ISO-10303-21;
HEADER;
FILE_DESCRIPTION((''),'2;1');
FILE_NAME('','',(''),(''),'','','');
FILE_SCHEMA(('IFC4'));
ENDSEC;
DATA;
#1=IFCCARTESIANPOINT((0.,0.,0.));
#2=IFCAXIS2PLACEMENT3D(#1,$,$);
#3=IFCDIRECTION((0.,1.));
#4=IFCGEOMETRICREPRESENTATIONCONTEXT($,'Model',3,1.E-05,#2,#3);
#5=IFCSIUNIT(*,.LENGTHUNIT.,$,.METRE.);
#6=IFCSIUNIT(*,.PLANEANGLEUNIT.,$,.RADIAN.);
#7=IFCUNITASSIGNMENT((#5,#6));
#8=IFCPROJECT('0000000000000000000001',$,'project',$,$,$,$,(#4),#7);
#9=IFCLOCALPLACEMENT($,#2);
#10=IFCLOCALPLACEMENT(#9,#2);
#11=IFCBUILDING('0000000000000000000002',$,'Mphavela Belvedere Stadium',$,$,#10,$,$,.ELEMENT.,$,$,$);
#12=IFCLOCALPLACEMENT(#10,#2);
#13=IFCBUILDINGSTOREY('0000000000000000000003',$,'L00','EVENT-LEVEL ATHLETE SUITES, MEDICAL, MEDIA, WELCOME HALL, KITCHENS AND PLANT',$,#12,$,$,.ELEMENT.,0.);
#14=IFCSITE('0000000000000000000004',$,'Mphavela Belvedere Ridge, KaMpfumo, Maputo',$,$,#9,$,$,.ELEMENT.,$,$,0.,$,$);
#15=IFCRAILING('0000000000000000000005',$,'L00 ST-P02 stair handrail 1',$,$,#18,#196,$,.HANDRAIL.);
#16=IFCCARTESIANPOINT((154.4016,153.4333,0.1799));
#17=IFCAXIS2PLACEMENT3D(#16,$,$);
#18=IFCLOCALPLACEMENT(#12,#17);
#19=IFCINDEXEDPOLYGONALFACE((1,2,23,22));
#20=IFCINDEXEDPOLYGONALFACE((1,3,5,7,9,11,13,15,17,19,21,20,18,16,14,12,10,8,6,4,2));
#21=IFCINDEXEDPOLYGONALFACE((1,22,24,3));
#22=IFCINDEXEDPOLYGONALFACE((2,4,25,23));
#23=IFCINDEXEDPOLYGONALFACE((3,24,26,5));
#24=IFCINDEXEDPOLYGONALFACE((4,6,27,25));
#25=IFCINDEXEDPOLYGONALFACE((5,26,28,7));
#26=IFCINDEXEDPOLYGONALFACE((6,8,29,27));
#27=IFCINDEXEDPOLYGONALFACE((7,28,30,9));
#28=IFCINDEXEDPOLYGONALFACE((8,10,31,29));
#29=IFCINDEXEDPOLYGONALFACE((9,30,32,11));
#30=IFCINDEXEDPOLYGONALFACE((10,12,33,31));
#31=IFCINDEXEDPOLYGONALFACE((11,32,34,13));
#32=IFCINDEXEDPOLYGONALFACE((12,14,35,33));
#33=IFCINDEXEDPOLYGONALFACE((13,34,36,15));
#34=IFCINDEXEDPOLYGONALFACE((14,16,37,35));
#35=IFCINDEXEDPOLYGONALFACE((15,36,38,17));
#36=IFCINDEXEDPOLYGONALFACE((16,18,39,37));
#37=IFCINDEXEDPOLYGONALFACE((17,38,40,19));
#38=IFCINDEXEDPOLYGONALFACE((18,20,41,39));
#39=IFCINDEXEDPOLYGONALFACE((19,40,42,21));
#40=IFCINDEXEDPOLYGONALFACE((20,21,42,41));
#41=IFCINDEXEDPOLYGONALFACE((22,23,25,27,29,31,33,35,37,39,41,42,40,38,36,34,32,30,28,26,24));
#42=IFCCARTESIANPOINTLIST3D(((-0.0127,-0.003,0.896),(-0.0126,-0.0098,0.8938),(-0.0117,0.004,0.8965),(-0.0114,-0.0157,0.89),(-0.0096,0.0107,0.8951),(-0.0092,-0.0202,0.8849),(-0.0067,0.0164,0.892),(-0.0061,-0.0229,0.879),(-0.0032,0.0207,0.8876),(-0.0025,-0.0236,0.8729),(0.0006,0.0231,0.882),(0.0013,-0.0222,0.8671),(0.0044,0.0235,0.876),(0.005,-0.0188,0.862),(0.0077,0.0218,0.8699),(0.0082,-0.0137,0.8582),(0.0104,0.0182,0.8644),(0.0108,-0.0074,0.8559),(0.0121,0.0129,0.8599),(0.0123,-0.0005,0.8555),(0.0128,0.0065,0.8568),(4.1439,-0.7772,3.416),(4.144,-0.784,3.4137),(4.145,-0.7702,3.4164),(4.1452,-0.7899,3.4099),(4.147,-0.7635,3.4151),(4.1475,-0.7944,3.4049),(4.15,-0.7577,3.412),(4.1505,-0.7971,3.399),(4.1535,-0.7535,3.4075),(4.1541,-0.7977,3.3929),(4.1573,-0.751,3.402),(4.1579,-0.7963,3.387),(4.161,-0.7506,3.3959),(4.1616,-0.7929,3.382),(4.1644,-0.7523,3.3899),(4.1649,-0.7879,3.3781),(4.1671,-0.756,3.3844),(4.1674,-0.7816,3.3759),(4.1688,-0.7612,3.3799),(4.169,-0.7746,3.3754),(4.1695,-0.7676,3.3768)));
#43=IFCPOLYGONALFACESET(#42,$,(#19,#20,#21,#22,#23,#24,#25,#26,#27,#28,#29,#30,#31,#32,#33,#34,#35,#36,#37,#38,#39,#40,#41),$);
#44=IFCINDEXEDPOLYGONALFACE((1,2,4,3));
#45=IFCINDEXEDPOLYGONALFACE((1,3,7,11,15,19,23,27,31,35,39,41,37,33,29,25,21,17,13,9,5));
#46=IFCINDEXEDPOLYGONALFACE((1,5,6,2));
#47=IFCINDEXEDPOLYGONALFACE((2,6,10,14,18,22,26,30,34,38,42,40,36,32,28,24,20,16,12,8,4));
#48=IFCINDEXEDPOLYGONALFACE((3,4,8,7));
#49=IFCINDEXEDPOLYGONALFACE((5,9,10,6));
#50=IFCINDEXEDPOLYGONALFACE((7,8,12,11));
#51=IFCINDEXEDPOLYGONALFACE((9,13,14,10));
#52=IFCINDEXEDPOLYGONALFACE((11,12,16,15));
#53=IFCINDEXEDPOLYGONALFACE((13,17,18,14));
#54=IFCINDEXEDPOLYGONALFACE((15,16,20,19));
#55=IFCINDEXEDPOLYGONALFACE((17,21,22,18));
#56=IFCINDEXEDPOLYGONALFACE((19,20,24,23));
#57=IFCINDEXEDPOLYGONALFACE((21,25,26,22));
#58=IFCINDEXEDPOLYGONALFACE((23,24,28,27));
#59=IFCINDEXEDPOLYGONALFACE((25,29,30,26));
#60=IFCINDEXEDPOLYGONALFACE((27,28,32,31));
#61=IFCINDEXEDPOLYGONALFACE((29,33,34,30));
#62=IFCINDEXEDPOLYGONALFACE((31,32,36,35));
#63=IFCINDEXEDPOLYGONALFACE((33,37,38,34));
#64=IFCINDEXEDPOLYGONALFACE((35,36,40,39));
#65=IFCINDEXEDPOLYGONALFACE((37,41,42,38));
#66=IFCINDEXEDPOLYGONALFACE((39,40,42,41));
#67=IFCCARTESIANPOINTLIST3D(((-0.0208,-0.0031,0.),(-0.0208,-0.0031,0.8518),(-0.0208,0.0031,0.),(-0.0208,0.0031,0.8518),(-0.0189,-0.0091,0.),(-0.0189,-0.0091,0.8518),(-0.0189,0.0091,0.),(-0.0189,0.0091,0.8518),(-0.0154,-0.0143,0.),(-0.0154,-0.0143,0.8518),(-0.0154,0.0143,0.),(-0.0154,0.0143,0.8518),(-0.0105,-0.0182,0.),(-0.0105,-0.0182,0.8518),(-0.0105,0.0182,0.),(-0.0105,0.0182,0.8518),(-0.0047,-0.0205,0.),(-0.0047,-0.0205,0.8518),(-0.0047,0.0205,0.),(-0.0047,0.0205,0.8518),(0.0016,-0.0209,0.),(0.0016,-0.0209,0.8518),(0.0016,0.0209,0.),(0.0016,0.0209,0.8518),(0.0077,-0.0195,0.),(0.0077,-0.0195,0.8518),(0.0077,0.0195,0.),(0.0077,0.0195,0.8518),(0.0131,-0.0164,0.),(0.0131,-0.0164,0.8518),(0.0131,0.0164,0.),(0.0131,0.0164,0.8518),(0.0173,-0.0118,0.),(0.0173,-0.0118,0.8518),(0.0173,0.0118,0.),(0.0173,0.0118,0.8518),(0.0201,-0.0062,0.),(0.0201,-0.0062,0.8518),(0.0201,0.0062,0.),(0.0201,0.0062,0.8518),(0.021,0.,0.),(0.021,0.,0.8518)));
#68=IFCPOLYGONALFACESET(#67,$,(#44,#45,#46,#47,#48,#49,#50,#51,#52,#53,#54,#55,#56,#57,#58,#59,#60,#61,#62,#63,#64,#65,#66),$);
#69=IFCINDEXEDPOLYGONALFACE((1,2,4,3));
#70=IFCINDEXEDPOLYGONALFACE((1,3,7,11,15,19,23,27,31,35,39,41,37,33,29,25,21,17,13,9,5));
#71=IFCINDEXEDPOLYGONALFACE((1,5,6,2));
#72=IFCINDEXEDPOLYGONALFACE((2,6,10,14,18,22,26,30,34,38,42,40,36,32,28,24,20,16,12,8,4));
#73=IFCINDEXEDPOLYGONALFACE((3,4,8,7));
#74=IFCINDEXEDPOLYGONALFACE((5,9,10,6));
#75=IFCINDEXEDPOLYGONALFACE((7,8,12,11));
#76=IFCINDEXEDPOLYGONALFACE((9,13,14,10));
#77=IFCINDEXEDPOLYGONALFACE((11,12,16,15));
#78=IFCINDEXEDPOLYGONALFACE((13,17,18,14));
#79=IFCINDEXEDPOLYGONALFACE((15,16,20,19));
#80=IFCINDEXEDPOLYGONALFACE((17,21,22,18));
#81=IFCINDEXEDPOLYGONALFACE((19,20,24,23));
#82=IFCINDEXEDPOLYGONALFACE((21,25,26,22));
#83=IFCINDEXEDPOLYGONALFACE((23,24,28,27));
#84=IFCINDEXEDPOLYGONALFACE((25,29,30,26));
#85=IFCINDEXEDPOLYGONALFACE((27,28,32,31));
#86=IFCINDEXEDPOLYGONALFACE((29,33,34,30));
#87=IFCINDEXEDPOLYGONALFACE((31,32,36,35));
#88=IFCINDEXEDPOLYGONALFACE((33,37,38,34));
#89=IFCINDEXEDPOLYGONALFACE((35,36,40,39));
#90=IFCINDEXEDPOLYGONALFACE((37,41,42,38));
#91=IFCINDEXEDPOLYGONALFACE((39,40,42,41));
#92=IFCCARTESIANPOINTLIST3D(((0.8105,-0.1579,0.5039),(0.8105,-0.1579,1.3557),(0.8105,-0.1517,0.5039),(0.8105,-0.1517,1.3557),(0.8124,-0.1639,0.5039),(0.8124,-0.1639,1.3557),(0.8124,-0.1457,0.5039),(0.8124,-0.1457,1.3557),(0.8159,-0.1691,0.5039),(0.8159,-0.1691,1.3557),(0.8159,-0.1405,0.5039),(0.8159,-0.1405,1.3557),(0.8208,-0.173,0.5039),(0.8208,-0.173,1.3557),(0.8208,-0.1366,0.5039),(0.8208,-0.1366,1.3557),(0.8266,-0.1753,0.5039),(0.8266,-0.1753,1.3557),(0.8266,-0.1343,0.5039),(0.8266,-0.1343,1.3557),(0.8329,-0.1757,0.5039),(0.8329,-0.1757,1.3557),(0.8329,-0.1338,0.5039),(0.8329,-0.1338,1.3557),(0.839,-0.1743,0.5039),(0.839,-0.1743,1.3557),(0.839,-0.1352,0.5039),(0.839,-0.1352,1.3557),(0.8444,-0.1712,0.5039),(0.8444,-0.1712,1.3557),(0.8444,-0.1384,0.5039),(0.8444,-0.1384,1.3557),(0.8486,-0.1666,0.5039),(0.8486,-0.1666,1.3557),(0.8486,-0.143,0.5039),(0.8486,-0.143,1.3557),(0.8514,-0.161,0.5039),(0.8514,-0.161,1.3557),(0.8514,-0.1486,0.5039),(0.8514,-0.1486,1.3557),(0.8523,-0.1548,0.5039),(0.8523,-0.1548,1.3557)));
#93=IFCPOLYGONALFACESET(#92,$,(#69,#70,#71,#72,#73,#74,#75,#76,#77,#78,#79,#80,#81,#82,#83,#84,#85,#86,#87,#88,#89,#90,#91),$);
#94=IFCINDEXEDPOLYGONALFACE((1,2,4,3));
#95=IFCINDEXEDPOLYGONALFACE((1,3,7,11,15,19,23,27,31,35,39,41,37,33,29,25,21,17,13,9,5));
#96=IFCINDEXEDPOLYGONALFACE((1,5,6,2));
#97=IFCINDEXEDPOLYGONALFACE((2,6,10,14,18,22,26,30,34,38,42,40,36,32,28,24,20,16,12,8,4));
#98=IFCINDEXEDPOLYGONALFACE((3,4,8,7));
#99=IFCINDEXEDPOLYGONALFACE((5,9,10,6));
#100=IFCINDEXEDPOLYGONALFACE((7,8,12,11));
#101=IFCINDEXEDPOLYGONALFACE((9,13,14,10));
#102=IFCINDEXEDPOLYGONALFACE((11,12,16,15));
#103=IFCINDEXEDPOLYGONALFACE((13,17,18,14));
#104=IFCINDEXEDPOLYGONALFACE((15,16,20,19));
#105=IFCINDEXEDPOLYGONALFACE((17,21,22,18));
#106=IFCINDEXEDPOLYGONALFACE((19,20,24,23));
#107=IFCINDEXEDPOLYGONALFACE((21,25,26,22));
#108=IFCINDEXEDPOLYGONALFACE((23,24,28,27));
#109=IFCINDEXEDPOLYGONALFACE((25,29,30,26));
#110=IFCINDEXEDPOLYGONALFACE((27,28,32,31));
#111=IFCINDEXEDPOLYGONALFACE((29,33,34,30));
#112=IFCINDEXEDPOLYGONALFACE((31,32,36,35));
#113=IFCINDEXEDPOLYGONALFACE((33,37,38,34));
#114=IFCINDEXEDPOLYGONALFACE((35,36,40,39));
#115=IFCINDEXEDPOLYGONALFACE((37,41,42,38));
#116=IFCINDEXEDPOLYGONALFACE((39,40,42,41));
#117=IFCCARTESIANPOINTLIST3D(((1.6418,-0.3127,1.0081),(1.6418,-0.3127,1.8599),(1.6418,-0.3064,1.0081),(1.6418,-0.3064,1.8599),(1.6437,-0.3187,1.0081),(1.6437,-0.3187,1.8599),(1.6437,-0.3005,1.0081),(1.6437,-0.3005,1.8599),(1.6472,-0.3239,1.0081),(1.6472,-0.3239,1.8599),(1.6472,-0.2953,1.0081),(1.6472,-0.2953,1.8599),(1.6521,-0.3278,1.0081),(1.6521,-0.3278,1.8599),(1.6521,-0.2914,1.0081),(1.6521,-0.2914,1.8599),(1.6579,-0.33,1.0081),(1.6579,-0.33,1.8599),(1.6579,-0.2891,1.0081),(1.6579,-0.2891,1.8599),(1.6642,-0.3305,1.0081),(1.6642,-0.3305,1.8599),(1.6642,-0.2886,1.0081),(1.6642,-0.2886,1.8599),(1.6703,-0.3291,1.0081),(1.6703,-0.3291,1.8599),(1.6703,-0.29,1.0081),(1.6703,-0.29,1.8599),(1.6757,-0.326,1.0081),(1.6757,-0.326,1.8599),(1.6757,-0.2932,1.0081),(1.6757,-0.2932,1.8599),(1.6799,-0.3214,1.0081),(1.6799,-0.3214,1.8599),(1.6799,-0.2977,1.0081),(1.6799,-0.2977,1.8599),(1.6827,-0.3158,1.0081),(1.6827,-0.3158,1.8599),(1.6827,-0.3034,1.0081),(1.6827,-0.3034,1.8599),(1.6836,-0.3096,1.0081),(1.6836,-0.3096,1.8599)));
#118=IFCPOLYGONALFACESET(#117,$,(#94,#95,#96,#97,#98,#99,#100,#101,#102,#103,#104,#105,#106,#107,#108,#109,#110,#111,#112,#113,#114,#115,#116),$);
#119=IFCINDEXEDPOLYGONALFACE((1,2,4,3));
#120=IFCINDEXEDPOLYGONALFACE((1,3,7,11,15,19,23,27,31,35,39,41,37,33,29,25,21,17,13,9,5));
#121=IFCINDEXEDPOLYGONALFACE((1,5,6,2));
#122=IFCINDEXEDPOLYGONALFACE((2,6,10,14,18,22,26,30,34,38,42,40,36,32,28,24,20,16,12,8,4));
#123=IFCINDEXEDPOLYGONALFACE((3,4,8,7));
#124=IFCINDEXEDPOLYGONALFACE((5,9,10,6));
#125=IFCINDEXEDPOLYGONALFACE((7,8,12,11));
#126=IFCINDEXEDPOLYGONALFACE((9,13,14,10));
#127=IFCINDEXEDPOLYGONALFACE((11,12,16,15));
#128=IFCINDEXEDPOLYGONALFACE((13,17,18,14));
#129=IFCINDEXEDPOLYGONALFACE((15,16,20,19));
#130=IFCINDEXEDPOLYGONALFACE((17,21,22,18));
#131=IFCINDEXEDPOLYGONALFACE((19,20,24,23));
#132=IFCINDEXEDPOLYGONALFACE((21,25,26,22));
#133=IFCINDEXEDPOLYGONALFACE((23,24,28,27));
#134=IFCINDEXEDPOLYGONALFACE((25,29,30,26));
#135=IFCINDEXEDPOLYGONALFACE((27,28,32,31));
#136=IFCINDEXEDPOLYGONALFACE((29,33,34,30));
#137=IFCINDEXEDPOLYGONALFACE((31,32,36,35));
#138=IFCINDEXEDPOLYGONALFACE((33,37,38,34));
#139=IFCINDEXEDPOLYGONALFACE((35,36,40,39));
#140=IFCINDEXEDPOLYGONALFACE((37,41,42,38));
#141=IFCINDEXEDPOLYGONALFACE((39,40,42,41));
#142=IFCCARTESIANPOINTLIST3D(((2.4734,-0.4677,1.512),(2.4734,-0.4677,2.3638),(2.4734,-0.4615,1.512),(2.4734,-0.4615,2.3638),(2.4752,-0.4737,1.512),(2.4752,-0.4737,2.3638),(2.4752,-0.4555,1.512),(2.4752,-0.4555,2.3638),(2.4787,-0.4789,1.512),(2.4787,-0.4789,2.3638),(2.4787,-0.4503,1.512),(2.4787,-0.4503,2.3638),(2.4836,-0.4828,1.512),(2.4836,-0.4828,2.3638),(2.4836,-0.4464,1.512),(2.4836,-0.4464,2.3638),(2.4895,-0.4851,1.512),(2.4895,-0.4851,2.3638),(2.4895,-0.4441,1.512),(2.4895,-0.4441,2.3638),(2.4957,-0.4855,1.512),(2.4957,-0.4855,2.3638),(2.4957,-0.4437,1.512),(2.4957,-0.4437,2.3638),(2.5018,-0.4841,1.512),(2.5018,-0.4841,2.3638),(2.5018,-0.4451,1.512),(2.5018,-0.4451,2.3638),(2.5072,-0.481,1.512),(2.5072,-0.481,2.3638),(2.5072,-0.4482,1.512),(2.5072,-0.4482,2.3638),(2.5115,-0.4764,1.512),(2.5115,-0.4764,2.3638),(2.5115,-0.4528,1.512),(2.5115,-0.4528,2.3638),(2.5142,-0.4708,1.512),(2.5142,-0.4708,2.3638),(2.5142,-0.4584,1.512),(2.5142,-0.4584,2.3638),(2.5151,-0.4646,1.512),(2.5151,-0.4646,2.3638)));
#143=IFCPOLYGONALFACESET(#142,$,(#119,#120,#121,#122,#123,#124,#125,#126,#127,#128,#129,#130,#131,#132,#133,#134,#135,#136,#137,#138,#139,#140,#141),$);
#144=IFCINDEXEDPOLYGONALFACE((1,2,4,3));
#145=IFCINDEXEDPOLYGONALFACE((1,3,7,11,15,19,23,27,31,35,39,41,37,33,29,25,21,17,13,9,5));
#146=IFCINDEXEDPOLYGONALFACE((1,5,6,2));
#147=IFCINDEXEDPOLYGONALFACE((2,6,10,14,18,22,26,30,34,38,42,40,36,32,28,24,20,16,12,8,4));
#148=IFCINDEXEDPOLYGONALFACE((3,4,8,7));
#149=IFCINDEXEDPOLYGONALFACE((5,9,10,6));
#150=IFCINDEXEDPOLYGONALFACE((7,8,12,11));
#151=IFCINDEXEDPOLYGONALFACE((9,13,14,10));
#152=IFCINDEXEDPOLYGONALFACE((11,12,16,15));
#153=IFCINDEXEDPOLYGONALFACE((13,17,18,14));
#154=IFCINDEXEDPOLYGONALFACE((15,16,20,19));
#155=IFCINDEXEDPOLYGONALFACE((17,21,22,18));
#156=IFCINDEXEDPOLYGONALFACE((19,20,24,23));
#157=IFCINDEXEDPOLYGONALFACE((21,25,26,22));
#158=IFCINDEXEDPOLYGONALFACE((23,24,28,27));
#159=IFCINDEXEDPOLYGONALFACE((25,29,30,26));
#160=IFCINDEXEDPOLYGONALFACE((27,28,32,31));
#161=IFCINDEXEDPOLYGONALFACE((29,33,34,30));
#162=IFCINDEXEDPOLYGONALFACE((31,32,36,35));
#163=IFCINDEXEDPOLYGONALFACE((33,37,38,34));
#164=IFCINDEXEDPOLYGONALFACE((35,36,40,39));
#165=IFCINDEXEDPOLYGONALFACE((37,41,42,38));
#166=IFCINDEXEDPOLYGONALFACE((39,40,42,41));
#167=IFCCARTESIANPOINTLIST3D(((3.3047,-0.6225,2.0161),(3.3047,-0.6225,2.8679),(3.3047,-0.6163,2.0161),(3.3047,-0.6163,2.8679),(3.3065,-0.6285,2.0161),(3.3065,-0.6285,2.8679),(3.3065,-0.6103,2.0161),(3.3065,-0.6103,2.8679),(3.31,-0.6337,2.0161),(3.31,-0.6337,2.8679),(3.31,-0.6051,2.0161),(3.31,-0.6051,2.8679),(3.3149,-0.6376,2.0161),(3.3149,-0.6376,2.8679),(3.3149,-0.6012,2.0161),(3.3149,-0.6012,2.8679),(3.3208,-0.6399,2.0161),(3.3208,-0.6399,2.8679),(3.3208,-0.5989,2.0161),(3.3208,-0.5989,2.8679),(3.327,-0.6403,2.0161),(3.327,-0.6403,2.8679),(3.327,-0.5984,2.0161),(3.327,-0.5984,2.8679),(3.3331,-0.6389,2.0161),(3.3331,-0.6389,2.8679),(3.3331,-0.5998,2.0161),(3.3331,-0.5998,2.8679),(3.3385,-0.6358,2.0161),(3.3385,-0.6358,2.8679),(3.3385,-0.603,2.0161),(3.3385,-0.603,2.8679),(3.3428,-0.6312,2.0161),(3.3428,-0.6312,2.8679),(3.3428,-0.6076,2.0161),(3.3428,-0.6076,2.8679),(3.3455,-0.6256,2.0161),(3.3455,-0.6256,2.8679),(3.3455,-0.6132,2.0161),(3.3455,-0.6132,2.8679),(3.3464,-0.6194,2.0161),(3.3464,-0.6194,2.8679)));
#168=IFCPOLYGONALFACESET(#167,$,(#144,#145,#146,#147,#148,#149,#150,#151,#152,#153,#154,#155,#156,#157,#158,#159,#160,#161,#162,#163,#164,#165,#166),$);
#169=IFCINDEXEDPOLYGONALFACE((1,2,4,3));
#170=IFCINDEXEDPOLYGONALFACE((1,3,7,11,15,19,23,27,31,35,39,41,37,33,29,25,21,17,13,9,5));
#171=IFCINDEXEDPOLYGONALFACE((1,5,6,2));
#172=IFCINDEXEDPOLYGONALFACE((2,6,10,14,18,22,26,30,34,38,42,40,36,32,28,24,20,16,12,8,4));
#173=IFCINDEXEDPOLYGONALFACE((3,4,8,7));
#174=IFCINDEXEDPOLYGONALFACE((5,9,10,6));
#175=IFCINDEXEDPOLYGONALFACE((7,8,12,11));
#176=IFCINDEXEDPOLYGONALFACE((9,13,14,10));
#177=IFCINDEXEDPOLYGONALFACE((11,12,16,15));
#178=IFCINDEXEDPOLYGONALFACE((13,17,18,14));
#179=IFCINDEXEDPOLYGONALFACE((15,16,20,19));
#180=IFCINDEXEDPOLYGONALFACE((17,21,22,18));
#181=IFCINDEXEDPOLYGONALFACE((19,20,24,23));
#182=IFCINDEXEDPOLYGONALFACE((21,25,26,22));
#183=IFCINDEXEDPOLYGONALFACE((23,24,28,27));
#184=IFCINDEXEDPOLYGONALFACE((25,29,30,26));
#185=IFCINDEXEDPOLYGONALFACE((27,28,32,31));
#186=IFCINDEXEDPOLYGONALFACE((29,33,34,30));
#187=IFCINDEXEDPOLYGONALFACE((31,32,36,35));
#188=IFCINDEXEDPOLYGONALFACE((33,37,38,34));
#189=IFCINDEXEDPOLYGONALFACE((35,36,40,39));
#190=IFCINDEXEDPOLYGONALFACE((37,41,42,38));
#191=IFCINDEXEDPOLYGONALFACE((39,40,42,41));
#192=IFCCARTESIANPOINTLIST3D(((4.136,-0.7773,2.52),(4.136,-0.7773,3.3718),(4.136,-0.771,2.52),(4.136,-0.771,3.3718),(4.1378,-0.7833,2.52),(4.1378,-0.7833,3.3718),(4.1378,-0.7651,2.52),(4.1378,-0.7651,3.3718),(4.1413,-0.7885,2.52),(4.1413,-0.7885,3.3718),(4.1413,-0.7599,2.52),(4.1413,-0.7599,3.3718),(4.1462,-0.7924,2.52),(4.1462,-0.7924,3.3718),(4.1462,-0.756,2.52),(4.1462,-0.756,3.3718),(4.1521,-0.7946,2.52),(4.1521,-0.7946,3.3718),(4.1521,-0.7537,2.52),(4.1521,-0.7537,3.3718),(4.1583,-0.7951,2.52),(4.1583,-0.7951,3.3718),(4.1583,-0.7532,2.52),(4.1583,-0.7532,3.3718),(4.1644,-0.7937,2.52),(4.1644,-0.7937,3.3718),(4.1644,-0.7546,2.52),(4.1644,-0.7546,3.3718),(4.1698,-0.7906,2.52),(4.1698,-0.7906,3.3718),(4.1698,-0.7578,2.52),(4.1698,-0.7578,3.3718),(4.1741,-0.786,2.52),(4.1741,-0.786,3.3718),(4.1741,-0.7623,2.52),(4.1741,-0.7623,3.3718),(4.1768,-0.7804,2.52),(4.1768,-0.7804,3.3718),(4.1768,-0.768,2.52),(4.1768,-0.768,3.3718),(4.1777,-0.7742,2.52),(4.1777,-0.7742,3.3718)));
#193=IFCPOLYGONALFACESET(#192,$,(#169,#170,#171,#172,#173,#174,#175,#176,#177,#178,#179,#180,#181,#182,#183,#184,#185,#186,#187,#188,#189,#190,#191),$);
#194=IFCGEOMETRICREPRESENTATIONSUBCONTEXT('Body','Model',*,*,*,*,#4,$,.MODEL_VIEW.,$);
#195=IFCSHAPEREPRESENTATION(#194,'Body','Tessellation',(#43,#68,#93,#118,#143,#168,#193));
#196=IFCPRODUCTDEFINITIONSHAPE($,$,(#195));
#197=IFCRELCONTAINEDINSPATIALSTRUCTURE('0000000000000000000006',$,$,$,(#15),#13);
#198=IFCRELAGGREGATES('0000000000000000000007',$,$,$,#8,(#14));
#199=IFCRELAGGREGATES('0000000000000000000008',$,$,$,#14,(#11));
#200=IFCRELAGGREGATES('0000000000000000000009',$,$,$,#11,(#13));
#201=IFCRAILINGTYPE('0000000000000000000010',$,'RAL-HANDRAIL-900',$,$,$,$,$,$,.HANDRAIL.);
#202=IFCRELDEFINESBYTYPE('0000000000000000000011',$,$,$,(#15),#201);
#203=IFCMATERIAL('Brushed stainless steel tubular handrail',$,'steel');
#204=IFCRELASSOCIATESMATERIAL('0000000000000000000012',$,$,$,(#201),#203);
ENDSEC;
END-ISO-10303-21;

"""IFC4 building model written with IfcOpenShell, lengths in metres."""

from ifc_helpers import new_model, si_unit, direction, frame, origin, origin_2d, place, context, subcontext, project, spatial, circle, extrude, material, type_object, element, save


model = new_model("IFC4")

# Units and contexts
model_context = context("Model", 3, precision=1e-05, world=origin(), true_north=direction((0.0, 1.0)))
body_context = subcontext(model_context, "Body", "Model", "MODEL_VIEW")
ifc_project = project(units=[si_unit("LENGTHUNIT", "METRE"), si_unit("PLANEANGLEUNIT", "RADIAN")], contexts=[model_context])

# Site, building, storey
site_placement = place(None, origin())
site = spatial("IfcSite", under=ifc_project, at=site_placement, Name="Mphavela Belvedere Ridge, KaMpfumo, Maputo", CompositionType="ELEMENT", RefElevation=0.0)
building_placement = place(site_placement, origin())
building = spatial("IfcBuilding", under=site, at=building_placement, Name="Mphavela Belvedere Stadium", CompositionType="ELEMENT")
storey_placement = place(building_placement, origin())
storey = spatial("IfcBuildingStorey", under=building, at=storey_placement, Name="L00", Description="EVENT-LEVEL ATHLETE SUITES, MEDICAL, MEDIA, WELCOME HALL, KITCHENS AND PLANT", CompositionType="ELEMENT", Elevation=0.0)

# Railing
ifc_material_1 = material(Name="Brushed stainless steel tubular handrail", Category="steel")
railing_type_1 = type_object("IfcRailingType", Name="RAL-HANDRAIL-900", PredefinedType="HANDRAIL", material=ifc_material_1)
railing_1_placement = place(storey_placement, frame((154.4016, 153.4333, 0.1799)))
element("IfcRailing", 1, at=railing_1_placement, inside=storey, type_object=railing_type_1, Name="L00 ST-P02 stair handrail 1", PredefinedType="HANDRAIL", context=body_context, shape_type="SweptSolid", body=[
    extrude(circle(Radius=0.0239, at=origin_2d()), frame((0.0, 0.0, 0.876), z_axis=(0.844483, -0.15728, 0.511967), x_axis=(0.183096, 0.983095, 0.0)), (0.0, 0.0, 1.0), 4.9221),
    extrude(circle(Radius=0.021, at=origin_2d()), origin(), (0.0, 0.0, 1.0), 0.8518),
    extrude(circle(Radius=0.021, at=origin_2d()), frame((0.8313, -0.1548, 0.5039)), (0.0, 0.0, 1.0), 0.8518),
    extrude(circle(Radius=0.021, at=origin_2d()), frame((1.6626, -0.3096, 1.0081)), (0.0, 0.0, 1.0), 0.8518),
    extrude(circle(Radius=0.021, at=origin_2d()), frame((2.4941, -0.4646, 1.512)), (0.0, 0.0, 1.0), 0.8518),
    extrude(circle(Radius=0.021, at=origin_2d()), frame((3.3254, -0.6194, 2.0161)), (0.0, 0.0, 1.0), 0.8518),
    extrude(circle(Radius=0.021, at=origin_2d()), frame((4.1567, -0.7742, 2.52)), (0.0, 0.0, 1.0), 0.8518),
])

save(model, "model.ifc")
